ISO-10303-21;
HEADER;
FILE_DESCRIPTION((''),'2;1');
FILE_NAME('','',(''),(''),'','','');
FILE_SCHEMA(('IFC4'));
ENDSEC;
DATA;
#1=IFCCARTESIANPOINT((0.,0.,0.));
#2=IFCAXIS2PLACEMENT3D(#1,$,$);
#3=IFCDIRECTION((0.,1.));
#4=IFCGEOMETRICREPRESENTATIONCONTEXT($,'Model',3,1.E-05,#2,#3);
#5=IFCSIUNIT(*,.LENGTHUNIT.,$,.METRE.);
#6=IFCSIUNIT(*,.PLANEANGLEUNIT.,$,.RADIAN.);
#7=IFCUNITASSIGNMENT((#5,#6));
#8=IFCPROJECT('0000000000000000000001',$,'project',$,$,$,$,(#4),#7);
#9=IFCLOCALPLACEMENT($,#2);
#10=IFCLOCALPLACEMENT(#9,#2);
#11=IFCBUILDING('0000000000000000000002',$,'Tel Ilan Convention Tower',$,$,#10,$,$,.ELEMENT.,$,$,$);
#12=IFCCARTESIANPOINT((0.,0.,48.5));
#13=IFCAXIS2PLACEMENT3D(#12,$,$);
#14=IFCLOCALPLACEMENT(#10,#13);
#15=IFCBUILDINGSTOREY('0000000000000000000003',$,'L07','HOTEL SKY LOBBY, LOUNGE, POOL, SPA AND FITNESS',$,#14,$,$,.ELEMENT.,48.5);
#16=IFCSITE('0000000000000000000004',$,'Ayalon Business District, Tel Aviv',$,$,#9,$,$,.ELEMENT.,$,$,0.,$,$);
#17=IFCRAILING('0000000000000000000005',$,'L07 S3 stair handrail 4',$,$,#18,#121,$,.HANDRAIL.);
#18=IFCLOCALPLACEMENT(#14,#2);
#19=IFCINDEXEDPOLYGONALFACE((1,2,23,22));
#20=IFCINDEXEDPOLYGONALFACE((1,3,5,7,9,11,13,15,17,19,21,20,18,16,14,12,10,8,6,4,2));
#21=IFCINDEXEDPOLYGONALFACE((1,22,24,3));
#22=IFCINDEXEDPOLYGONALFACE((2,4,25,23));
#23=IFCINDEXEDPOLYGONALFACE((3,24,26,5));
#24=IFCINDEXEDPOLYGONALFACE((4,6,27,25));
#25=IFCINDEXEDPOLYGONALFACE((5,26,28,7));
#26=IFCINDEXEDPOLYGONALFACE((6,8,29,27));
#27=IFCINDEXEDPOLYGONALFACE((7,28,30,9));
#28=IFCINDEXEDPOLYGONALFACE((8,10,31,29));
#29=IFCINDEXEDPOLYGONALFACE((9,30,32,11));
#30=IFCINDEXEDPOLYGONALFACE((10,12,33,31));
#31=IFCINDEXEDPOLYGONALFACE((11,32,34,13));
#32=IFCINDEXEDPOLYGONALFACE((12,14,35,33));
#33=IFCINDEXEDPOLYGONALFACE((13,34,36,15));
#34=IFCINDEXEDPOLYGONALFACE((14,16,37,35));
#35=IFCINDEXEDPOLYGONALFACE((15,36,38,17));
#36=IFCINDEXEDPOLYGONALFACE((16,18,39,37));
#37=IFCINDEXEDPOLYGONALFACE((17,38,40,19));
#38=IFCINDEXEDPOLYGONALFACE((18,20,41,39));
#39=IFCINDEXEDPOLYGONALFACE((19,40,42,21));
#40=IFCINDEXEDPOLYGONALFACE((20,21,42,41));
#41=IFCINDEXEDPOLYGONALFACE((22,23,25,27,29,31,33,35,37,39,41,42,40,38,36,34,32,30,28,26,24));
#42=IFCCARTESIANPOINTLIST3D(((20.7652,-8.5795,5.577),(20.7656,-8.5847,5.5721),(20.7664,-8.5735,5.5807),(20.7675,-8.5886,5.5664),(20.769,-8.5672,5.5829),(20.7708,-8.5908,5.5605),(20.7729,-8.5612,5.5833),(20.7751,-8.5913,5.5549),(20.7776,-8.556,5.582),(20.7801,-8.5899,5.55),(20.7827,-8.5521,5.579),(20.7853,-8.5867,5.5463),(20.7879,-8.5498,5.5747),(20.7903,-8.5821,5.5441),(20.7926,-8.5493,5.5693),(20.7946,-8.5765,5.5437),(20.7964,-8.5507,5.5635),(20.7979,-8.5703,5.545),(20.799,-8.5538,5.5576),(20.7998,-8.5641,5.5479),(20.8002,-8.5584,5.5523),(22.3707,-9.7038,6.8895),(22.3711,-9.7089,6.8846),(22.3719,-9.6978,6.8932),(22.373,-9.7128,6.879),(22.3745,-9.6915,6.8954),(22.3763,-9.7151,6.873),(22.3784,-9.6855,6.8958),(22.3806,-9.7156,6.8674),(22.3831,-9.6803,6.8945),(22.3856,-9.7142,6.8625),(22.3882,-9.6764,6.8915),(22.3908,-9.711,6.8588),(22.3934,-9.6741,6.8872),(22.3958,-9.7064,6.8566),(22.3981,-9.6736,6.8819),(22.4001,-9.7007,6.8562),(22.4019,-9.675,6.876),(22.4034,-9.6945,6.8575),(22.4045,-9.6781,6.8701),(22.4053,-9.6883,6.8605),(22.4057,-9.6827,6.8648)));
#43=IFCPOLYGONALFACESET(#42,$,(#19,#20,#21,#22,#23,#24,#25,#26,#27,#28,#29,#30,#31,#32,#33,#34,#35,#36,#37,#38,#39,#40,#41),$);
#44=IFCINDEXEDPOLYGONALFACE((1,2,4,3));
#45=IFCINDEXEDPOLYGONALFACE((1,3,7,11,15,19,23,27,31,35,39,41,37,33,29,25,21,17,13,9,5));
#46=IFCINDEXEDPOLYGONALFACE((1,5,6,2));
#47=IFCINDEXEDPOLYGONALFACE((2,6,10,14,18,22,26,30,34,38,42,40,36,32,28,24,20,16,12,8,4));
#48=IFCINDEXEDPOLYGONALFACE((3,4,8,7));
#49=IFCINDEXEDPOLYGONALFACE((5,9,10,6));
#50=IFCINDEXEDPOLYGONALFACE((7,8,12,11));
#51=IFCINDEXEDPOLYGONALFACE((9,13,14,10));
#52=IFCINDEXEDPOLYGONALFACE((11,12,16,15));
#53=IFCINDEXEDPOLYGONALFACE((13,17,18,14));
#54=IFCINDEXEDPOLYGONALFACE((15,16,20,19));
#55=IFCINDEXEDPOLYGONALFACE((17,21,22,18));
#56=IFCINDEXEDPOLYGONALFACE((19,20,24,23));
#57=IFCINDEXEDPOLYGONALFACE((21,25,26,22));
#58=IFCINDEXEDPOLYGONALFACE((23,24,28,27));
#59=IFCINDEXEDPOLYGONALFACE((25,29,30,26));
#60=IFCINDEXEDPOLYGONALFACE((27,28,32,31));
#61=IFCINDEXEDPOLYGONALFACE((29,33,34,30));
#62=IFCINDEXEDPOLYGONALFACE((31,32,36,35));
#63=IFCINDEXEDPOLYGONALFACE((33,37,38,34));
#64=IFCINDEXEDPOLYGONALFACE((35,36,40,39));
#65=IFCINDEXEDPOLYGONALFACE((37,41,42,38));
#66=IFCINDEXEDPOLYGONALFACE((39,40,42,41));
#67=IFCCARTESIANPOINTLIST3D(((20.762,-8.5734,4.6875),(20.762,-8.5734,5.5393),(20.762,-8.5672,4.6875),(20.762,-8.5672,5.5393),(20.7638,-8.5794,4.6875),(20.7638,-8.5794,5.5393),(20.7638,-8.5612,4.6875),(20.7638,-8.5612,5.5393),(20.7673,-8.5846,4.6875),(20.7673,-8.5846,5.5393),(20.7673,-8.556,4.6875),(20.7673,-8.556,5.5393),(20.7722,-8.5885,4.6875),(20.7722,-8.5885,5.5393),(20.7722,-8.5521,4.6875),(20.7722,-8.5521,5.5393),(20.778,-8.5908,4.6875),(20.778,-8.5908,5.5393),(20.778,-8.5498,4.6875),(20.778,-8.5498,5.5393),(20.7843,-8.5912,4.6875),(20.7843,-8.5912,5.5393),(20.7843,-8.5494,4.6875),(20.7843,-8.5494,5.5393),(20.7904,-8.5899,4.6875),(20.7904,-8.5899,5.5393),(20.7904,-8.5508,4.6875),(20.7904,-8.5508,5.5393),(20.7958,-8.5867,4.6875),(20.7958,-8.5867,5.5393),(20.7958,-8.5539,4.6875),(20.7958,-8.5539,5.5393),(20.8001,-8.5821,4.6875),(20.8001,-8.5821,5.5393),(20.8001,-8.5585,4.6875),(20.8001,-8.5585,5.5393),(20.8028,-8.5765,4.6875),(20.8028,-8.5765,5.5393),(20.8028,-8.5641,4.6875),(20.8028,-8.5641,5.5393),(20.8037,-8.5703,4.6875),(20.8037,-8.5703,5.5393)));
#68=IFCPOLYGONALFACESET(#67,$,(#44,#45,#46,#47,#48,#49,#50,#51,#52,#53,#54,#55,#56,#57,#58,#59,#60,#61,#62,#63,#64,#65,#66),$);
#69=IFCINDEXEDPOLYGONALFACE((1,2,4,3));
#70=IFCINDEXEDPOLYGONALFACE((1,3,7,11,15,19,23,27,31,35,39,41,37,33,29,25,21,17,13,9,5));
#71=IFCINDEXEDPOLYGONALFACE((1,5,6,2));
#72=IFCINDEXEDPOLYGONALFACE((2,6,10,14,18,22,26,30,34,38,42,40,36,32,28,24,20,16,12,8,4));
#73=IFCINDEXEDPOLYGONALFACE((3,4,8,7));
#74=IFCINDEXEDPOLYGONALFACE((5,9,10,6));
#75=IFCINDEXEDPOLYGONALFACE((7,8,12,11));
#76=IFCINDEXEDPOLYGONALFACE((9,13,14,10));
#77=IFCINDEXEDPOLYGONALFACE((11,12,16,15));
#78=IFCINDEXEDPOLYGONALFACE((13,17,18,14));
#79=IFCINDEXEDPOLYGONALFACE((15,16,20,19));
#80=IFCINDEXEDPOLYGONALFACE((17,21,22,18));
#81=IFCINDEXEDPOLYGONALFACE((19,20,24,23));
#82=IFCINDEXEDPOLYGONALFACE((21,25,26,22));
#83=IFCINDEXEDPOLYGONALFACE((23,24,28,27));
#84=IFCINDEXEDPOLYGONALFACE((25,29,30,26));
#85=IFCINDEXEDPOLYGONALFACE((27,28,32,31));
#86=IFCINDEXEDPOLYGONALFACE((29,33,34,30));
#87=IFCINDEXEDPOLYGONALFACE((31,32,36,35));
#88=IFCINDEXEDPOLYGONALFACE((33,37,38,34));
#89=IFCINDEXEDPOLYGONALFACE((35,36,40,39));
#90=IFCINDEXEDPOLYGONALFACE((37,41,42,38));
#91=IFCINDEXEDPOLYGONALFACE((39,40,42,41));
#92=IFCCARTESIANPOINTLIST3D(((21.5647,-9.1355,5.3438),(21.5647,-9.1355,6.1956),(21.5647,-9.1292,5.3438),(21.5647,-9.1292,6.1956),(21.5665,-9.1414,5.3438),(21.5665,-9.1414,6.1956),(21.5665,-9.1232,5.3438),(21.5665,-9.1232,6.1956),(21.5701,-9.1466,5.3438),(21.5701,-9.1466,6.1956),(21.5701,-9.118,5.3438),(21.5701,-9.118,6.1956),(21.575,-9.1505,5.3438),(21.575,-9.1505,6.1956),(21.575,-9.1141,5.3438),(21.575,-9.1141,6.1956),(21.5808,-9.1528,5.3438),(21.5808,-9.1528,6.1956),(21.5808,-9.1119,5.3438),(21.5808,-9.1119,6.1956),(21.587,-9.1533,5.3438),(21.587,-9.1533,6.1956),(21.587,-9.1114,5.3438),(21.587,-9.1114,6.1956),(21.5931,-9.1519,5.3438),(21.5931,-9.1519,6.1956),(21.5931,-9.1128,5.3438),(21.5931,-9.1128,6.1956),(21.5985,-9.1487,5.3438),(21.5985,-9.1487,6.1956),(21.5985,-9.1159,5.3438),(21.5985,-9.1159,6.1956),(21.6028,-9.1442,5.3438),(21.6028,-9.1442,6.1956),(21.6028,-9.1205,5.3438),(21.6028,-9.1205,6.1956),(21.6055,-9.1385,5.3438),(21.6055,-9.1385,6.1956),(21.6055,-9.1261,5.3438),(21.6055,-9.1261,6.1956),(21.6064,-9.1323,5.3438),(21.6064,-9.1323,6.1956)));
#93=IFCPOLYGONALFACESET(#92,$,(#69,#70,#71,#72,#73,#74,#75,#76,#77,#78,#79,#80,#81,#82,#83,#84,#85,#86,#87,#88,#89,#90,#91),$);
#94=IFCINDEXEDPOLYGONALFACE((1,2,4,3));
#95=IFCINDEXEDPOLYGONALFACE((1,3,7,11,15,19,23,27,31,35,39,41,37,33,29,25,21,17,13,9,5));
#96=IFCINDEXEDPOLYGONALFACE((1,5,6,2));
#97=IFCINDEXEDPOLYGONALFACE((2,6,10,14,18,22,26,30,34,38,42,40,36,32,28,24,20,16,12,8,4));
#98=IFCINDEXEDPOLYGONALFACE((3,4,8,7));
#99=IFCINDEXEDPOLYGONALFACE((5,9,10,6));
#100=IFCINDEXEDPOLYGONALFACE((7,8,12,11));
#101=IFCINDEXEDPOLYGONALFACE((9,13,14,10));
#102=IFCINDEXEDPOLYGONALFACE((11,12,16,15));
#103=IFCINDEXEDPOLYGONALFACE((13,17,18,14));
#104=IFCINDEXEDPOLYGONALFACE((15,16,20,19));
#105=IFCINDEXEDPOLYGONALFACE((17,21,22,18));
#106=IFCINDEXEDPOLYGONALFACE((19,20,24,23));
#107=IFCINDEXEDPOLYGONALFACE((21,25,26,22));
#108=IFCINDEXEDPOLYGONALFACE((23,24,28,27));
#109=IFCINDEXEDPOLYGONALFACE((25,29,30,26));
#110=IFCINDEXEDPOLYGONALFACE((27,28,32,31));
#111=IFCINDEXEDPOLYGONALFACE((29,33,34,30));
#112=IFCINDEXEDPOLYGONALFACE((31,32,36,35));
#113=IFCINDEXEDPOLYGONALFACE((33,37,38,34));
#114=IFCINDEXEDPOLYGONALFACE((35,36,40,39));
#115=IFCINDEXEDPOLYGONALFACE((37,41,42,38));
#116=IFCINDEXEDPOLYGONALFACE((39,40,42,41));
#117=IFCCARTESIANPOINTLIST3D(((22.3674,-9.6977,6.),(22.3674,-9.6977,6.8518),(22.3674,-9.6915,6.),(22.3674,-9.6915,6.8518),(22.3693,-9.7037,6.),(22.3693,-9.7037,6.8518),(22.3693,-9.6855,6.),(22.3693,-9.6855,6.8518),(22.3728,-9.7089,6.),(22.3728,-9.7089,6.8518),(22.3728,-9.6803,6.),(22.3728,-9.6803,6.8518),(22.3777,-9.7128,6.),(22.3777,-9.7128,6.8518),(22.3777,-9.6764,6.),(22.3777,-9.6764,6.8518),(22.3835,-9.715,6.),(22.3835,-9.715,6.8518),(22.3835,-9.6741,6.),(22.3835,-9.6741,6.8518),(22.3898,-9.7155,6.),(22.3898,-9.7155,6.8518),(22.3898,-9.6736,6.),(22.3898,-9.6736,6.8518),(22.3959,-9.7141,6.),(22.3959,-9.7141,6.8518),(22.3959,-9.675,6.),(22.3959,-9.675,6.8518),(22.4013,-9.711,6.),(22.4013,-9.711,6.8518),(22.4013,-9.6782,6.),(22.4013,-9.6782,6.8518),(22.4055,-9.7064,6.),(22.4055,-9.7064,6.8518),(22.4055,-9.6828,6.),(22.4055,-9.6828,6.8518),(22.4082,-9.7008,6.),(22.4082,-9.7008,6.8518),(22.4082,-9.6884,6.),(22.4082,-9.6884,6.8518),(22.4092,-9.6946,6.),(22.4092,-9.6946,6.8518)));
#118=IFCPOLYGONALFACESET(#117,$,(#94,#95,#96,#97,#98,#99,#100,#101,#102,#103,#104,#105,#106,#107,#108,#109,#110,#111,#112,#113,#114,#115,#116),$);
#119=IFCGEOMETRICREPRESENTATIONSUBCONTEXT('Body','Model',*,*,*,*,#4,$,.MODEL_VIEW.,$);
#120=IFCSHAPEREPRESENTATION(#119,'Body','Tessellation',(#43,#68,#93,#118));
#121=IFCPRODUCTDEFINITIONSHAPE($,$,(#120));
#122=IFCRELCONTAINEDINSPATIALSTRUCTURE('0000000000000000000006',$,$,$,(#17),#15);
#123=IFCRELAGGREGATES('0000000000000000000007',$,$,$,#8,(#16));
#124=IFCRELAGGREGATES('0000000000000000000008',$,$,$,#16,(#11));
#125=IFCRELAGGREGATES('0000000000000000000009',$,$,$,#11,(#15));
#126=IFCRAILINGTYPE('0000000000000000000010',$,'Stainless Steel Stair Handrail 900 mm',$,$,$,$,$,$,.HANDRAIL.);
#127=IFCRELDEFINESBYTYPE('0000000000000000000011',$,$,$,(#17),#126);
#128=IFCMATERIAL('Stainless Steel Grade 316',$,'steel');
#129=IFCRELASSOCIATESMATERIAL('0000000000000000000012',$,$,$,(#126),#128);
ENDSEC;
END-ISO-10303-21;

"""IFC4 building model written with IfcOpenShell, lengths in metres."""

from ifc_helpers import new_model, si_unit, direction, frame, origin, origin_2d, place, context, subcontext, project, spatial, circle, extrude, material, type_object, element, save


model = new_model("IFC4")

# Units and contexts
model_context = context("Model", 3, precision=1e-05, world=origin(), true_north=direction((0.0, 1.0)))
body_context = subcontext(model_context, "Body", "Model", "MODEL_VIEW")
ifc_project = project(units=[si_unit("LENGTHUNIT", "METRE"), si_unit("PLANEANGLEUNIT", "RADIAN")], contexts=[model_context])

# Site, building, storey
site_placement = place(None, origin())
site = spatial("IfcSite", under=ifc_project, at=site_placement, Name="Ayalon Business District, Tel Aviv", CompositionType="ELEMENT", RefElevation=0.0)
building_placement = place(site_placement, origin())
building = spatial("IfcBuilding", under=site, at=building_placement, Name="Tel Ilan Convention Tower", CompositionType="ELEMENT")
storey_placement = place(building_placement, frame((0.0, 0.0, 48.5)))
storey = spatial("IfcBuildingStorey", under=building, at=storey_placement, Name="L07", Description="HOTEL SKY LOBBY, LOUNGE, POOL, SPA AND FITNESS", CompositionType="ELEMENT", Elevation=48.5)

# Railing
ifc_material_1 = material(Name="Stainless Steel Grade 316", Category="steel")
railing_type_1 = type_object("IfcRailingType", Name="Stainless Steel Stair Handrail 900 mm", PredefinedType="HANDRAIL", material=ifc_material_1)
railing_1_placement = place(storey_placement, frame((20.7827, -8.5703, 4.6875)))
element("IfcRailing", 1, at=railing_1_placement, inside=storey, type_object=railing_type_1, Name="L07 S3 stair handrail 4", PredefinedType="HANDRAIL", context=body_context, shape_type="SweptSolid", body=[
    extrude(circle(Radius=0.0239, at=origin_2d()), frame((0.0, 0.0, 0.876), z_axis=(0.680616, -0.476617, 0.556416), x_axis=(0.573613, 0.819127, 0.0)), (0.0, 0.0, 1.0), 2.3589),
    extrude(circle(Radius=0.021, at=origin_2d()), origin(), (0.0, 0.0, 1.0), 0.8518),
    extrude(circle(Radius=0.021, at=origin_2d()), frame((0.8027, -0.562, 0.6562)), (0.0, 0.0, 1.0), 0.8518),
    extrude(circle(Radius=0.021, at=origin_2d()), frame((1.6055, -1.1243, 1.3125)), (0.0, 0.0, 1.0), 0.8518),
])

save(model, "model.ifc")
